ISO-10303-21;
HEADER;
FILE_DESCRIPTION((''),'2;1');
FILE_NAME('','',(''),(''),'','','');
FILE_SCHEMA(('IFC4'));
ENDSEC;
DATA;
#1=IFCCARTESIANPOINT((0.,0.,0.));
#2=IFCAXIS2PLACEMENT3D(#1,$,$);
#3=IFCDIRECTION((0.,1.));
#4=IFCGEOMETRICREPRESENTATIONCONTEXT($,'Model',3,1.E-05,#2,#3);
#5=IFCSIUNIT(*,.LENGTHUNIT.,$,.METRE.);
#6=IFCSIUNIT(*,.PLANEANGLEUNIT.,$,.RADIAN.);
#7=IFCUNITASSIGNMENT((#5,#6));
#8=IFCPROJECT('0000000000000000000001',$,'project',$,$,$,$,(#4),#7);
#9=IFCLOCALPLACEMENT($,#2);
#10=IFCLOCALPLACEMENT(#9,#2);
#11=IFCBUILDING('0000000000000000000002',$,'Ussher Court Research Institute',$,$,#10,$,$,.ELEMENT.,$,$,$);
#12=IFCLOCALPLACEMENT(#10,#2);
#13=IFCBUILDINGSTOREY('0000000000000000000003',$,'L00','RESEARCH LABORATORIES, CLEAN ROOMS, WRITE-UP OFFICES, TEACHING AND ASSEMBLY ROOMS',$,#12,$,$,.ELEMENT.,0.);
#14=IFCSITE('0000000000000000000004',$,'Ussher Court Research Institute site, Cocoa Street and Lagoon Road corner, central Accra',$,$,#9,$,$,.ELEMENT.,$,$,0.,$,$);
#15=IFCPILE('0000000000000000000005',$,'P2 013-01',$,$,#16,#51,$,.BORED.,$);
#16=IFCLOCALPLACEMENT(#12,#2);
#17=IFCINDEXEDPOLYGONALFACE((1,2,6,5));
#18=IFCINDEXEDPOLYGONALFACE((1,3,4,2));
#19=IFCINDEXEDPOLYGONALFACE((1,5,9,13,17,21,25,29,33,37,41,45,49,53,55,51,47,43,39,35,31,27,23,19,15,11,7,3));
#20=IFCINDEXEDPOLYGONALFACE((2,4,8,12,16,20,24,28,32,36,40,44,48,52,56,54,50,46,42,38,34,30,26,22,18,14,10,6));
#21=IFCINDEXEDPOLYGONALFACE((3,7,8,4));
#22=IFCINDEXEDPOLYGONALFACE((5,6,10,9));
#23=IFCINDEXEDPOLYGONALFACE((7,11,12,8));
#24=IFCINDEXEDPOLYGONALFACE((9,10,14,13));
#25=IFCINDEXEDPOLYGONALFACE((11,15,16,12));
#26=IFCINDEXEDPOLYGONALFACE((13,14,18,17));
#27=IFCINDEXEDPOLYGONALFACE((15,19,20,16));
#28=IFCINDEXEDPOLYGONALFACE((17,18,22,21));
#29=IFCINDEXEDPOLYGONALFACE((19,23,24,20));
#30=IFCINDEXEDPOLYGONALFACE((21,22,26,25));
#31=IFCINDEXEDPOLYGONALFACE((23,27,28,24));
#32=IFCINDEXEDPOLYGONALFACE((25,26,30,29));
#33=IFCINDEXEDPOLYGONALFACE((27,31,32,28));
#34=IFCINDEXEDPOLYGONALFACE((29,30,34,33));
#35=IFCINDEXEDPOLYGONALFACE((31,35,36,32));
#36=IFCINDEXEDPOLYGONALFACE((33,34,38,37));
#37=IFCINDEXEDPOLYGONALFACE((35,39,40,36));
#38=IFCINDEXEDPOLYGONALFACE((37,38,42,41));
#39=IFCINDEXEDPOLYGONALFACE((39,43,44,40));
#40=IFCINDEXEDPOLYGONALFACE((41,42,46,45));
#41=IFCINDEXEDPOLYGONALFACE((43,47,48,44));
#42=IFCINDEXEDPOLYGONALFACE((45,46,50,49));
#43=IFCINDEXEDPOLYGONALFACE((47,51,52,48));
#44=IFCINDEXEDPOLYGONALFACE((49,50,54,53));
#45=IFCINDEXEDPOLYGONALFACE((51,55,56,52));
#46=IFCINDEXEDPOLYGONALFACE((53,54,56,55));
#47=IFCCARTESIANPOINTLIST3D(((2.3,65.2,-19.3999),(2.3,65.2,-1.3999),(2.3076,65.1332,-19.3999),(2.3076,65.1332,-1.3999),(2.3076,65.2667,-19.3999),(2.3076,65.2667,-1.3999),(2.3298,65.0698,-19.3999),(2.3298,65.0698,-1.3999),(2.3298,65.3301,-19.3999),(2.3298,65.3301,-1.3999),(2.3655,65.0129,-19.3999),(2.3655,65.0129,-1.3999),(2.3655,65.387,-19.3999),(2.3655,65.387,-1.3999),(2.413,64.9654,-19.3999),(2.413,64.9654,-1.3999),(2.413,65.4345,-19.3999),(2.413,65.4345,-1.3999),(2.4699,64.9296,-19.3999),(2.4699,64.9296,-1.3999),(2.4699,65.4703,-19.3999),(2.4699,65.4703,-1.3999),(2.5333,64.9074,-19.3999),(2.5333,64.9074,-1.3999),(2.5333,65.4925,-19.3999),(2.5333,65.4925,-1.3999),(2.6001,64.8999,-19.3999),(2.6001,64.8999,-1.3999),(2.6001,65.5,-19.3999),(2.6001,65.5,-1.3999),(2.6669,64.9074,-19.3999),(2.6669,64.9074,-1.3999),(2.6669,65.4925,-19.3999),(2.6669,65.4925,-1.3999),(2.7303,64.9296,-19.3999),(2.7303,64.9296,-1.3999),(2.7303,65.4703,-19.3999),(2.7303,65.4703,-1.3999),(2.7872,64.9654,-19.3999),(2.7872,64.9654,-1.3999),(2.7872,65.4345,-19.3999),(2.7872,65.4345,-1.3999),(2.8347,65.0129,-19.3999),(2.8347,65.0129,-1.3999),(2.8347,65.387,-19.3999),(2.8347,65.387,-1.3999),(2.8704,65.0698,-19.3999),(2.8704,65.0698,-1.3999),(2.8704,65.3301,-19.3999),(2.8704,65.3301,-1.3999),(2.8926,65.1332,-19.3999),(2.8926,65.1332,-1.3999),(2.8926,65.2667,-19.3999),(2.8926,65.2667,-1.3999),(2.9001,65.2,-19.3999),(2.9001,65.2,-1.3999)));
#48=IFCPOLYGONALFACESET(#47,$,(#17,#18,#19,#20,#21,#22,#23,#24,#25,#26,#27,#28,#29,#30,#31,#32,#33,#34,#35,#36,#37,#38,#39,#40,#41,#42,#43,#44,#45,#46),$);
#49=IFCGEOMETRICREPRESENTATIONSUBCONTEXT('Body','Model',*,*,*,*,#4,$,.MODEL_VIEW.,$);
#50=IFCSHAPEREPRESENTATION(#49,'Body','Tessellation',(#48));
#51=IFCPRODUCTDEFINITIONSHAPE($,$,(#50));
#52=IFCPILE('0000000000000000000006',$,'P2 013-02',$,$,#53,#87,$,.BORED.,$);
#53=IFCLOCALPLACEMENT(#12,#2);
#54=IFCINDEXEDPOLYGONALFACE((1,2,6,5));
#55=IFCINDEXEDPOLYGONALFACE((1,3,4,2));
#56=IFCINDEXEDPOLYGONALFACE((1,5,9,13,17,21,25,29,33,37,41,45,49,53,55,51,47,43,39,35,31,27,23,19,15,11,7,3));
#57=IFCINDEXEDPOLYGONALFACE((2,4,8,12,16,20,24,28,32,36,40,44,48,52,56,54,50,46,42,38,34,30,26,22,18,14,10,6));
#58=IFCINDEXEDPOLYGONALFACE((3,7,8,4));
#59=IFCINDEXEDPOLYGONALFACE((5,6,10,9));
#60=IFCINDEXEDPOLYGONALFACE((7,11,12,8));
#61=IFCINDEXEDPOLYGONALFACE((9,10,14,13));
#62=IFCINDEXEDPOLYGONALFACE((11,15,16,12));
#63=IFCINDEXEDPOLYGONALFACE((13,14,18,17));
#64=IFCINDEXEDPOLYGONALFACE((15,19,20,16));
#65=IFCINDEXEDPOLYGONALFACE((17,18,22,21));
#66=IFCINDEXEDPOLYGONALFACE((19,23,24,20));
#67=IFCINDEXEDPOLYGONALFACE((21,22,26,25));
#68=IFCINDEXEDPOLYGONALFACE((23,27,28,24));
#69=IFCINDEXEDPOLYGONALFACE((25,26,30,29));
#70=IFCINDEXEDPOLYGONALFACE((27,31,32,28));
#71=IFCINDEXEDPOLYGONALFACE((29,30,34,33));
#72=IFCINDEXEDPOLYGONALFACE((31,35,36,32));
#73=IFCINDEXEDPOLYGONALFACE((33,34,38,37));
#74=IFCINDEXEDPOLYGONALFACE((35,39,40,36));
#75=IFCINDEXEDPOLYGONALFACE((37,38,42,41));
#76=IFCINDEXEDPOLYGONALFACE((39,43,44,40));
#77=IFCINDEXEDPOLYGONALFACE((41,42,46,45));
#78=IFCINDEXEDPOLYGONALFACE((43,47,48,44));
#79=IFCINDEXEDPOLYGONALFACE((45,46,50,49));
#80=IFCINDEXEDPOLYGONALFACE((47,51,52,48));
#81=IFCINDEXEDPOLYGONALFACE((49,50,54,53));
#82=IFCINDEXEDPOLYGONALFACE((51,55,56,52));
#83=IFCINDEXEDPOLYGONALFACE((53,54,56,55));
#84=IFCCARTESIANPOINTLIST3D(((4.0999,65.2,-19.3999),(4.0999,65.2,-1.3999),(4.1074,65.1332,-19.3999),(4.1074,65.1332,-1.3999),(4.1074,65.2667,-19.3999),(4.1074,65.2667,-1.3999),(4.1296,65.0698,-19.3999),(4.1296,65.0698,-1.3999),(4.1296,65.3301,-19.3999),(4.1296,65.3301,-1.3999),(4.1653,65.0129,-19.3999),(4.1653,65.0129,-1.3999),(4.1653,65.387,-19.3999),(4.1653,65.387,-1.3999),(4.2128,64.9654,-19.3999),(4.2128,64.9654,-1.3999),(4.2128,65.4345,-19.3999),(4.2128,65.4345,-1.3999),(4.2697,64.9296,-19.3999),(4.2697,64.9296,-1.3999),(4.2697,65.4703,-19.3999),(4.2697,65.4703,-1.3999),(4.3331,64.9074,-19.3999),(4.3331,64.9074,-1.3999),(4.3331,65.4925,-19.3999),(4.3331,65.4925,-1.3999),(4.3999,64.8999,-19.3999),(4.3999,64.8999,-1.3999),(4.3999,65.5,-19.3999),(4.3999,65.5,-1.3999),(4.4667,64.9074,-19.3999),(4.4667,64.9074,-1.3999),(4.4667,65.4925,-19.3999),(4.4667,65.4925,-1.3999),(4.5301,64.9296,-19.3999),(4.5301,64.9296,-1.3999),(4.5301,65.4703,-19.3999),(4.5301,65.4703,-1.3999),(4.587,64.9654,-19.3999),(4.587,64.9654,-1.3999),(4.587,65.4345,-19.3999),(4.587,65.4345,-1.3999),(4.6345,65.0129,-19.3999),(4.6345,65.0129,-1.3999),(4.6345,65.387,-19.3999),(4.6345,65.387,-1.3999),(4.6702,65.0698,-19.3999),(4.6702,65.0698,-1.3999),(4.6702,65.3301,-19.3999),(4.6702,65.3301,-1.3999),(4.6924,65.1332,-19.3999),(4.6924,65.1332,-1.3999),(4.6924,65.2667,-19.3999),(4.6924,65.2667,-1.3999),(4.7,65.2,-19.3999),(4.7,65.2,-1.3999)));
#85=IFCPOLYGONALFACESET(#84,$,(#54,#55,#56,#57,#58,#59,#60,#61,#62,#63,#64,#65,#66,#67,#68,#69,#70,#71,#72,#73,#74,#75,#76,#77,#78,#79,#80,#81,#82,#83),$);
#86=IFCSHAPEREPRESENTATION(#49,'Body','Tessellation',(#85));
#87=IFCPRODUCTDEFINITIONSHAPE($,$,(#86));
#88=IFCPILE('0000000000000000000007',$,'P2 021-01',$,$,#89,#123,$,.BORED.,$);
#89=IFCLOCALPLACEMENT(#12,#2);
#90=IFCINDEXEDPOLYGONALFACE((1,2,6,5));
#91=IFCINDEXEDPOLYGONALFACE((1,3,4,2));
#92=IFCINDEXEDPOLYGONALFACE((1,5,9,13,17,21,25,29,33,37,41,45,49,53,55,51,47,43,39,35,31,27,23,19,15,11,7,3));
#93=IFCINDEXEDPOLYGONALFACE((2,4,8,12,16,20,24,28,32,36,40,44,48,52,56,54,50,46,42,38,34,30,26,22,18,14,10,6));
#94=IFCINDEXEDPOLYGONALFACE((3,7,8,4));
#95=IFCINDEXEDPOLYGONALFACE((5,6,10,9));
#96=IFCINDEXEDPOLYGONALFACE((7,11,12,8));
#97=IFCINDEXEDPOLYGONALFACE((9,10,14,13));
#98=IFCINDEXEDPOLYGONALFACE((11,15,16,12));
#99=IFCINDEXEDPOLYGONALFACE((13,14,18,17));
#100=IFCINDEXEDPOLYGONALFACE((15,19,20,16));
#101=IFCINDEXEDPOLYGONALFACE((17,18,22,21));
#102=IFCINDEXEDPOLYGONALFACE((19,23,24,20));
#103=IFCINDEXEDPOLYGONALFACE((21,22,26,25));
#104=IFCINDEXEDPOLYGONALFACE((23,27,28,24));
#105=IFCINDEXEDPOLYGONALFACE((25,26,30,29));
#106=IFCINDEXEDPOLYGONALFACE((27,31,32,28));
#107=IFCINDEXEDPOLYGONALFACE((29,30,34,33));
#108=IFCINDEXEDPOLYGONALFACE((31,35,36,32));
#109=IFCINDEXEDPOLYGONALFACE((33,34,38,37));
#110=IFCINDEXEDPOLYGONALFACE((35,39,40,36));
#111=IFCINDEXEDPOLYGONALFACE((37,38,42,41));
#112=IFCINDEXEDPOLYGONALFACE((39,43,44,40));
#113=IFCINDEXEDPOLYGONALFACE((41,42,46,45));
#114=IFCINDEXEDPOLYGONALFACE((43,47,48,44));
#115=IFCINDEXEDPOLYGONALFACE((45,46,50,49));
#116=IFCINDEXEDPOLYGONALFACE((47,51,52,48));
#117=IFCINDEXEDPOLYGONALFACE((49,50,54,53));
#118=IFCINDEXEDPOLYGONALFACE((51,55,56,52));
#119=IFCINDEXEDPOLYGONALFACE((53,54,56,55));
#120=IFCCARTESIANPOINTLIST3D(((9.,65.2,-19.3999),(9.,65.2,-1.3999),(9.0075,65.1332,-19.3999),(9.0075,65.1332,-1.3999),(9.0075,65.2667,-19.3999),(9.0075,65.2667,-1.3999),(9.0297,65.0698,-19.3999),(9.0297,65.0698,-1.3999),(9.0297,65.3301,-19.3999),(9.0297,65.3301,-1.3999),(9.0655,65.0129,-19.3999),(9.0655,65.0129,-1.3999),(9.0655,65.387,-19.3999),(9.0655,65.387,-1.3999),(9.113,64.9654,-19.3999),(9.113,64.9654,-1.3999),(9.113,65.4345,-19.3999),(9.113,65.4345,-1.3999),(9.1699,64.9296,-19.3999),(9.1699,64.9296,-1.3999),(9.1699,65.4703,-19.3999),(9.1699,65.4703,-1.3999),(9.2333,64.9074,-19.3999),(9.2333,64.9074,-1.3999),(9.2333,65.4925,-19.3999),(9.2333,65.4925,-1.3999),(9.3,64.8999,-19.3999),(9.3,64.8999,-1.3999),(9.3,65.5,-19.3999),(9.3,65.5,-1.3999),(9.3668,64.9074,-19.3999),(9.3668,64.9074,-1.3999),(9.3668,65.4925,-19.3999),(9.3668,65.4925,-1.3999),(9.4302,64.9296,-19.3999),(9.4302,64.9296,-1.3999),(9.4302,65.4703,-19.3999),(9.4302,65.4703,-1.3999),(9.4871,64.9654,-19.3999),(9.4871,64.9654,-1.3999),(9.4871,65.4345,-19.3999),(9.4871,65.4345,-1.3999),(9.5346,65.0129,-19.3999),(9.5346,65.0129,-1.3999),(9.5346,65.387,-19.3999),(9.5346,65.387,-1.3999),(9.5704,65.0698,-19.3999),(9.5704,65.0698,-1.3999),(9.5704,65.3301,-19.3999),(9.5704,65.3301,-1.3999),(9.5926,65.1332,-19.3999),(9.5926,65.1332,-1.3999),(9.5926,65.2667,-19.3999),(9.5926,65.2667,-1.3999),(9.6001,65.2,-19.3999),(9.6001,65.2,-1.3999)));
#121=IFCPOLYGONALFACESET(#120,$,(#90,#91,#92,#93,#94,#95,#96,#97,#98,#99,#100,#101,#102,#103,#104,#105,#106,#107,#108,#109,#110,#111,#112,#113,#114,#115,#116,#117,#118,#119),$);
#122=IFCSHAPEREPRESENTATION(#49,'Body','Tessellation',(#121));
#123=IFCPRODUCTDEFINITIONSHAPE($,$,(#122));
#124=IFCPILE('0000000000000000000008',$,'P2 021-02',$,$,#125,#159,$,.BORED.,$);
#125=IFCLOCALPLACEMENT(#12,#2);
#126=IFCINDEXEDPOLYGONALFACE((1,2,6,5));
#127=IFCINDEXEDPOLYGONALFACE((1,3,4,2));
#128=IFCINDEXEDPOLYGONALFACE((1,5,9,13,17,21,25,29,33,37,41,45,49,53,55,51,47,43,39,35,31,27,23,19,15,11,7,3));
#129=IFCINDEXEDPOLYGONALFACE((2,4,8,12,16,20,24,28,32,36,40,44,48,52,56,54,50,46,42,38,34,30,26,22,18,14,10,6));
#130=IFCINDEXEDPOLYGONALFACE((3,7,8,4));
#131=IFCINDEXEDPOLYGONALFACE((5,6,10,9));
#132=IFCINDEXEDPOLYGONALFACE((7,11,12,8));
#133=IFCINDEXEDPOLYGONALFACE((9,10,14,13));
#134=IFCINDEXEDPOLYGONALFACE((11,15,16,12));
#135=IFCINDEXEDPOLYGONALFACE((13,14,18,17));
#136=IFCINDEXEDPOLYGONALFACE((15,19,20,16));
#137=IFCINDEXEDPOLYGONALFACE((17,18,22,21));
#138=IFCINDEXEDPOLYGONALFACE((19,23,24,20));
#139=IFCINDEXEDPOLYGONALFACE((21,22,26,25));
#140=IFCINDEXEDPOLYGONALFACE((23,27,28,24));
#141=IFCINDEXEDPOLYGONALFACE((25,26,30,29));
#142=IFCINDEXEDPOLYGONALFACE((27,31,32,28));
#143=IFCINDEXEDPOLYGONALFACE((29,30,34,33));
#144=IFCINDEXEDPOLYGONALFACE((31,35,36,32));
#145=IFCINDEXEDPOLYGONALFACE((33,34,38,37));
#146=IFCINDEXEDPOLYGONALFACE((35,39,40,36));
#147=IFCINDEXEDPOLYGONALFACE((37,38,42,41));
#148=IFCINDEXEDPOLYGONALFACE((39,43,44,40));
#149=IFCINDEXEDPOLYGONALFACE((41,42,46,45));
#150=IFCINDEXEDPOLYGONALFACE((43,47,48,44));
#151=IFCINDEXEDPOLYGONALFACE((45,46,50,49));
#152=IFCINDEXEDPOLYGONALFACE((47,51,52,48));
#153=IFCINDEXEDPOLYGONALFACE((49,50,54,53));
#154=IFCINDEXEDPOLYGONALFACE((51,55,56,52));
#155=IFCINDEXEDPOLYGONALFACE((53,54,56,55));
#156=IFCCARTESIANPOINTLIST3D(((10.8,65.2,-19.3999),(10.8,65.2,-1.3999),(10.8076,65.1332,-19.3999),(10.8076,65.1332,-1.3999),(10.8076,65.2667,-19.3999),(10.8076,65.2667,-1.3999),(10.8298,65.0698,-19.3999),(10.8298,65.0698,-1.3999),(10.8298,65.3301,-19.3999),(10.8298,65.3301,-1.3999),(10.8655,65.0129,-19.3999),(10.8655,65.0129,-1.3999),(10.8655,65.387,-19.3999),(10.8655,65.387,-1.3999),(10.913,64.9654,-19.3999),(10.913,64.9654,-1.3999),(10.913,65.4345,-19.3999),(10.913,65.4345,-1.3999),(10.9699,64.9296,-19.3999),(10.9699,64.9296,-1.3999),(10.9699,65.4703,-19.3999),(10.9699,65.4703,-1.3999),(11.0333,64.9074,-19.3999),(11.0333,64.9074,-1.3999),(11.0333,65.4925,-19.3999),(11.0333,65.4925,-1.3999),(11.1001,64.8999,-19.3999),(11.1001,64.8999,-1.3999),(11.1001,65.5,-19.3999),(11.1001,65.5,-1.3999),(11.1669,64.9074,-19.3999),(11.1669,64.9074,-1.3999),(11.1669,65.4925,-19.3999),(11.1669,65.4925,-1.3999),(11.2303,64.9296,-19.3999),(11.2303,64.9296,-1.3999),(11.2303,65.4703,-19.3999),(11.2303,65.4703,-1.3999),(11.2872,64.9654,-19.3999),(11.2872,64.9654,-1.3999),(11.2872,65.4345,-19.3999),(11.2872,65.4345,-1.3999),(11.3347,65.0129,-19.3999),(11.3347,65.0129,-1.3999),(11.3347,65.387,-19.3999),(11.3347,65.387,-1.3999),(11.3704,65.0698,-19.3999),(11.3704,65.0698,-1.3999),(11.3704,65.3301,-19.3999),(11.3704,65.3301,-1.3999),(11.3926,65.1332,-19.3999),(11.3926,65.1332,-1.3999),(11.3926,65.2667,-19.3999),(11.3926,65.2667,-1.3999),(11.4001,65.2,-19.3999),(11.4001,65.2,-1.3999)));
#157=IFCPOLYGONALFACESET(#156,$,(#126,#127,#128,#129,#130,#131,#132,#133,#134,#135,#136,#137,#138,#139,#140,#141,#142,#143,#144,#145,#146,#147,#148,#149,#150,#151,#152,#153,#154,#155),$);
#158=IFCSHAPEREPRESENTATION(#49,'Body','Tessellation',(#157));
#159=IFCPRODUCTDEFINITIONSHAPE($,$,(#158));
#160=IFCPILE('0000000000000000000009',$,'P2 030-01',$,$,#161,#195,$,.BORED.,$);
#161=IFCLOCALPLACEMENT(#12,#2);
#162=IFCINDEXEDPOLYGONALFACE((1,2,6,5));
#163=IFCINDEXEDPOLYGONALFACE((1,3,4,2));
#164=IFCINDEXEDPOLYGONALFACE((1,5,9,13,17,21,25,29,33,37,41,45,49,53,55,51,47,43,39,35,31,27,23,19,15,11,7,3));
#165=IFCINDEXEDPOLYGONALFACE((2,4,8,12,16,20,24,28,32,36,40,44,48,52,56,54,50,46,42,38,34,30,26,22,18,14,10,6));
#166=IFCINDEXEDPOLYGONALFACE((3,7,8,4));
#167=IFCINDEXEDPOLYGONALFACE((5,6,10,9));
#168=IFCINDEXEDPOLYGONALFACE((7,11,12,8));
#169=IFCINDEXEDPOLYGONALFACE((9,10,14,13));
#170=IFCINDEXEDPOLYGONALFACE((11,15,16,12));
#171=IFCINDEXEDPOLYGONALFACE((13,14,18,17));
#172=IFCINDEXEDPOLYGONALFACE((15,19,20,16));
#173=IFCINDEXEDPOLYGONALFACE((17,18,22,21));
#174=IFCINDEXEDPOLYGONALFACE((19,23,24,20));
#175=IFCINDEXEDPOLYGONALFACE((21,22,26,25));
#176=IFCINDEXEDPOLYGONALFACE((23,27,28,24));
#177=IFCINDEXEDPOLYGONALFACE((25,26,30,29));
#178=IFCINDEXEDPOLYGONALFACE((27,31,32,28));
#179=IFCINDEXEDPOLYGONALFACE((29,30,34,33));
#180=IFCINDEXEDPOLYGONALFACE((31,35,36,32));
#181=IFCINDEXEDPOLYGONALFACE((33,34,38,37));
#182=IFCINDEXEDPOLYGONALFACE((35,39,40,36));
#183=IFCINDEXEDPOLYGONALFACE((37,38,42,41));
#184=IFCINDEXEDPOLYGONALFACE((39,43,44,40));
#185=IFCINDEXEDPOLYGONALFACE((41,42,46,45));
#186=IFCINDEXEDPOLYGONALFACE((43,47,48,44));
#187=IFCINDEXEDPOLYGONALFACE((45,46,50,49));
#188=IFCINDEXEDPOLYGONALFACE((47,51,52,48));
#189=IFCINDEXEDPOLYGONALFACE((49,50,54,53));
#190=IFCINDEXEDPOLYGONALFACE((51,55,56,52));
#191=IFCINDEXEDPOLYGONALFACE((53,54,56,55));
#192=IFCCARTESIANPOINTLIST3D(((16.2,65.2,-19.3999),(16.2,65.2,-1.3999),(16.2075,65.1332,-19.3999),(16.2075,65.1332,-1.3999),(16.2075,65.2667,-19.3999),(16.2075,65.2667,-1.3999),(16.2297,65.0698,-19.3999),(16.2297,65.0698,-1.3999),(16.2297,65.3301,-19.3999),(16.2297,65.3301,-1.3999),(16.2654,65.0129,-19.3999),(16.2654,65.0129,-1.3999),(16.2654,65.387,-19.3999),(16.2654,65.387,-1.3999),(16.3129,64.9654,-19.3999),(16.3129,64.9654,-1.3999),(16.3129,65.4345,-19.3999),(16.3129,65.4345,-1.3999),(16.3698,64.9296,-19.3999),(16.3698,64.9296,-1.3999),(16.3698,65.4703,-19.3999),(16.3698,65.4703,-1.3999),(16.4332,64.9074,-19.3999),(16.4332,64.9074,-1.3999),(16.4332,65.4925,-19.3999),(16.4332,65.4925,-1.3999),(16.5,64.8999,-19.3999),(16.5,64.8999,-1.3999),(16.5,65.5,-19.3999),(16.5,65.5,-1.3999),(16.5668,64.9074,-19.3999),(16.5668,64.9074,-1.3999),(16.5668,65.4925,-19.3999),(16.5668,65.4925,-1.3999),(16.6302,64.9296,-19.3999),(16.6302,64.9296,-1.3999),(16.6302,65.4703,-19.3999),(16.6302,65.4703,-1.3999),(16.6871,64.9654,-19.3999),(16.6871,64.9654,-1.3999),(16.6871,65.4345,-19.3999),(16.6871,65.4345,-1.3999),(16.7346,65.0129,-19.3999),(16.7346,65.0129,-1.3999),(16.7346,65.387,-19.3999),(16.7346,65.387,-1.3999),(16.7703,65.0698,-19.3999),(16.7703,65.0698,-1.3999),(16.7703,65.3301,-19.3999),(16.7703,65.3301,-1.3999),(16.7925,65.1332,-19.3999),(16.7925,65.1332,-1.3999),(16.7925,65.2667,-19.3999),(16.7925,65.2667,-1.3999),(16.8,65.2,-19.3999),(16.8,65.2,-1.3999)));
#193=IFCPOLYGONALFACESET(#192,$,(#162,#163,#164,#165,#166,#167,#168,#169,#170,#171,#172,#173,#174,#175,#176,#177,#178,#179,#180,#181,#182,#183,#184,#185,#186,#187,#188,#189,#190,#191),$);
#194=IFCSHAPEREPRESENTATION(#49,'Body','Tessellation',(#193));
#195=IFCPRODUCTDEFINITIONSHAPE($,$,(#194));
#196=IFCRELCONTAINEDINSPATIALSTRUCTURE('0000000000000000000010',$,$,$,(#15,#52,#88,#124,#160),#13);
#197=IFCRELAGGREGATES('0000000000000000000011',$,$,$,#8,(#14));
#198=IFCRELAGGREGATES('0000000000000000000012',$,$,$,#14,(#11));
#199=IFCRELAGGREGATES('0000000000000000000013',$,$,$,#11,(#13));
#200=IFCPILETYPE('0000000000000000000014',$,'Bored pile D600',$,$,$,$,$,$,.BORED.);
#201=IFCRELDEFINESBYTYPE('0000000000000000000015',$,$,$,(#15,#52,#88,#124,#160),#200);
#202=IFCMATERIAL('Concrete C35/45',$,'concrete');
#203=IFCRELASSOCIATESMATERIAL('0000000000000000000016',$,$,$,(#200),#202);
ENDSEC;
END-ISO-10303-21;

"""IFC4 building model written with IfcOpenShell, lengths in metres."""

from ifc_helpers import new_model, si_unit, direction, frame, origin, origin_2d, place, context, subcontext, project, spatial, circle, extrude, material, material_profile, profile_set, type_object, element, save


model = new_model("IFC4")

# Units and contexts
model_context = context("Model", 3, precision=1e-05, world=origin(), true_north=direction((0.0, 1.0)))
body_context = subcontext(model_context, "Body", "Model", "MODEL_VIEW")
ifc_project = project(units=[si_unit("LENGTHUNIT", "METRE"), si_unit("PLANEANGLEUNIT", "RADIAN")], contexts=[model_context])

# Site, building, storey
site_placement = place(None, origin())
site = spatial("IfcSite", under=ifc_project, at=site_placement, Name="Ussher Court Research Institute site, Cocoa Street and Lagoon Road corner, central Accra", CompositionType="ELEMENT", RefElevation=0.0)
building_placement = place(site_placement, origin())
building = spatial("IfcBuilding", under=site, at=building_placement, Name="Ussher Court Research Institute", CompositionType="ELEMENT")
storey_placement = place(building_placement, origin())
storey = spatial("IfcBuildingStorey", under=building, at=storey_placement, Name="L00", Description="RESEARCH LABORATORIES, CLEAN ROOMS, WRITE-UP OFFICES, TEACHING AND ASSEMBLY ROOMS", CompositionType="ELEMENT", Elevation=0.0)

# Piles
ifc_material_1 = material(Name="Concrete C35/45", Category="concrete")
ifc_material_profile_1 = material_profile(ifc_material_1, circle(Radius=0.3, at=origin_2d()), Name="RC D600")
ifc_profile_set_1 = profile_set([ifc_material_profile_1], Name="Concrete C35/45")
pile_type_1 = type_object("IfcPileType", Name="Bored pile D600", PredefinedType="BORED", material=ifc_profile_set_1)
for number, where, z_axis, x_axis, name in (
    (1, (2.6001, 65.2, -1.3999), (0.0, 0.0, -1.0), (1.0, 0.0, 0.0), "P2 013-01"),
    (2, (4.3999, 65.2, -1.3999), (0.0, 0.0, -1.0), (1.0, 0.0, 0.0), "P2 013-02"),
    (3, (9.3, 65.2, -1.3999), (0.0, 0.0, -1.0), (1.0, 0.0, 0.0), "P2 021-01"),
    (4, (11.1001, 65.2, -1.3999), (0.0, 0.0, -1.0), (1.0, 0.0, 0.0), "P2 021-02"),
    (5, (16.5, 65.2, -1.3999), (0.0, 0.0, -1.0), (1.0, 0.0, 0.0), "P2 030-01"),
):
    element("IfcPile", number, at=place(storey_placement, frame(where, z_axis=z_axis, x_axis=x_axis)), inside=storey, type_object=pile_type_1, Name=name, PredefinedType="BORED", context=body_context, shape_type="SweptSolid", body=[
        extrude(circle(Radius=0.3, at=origin_2d()), origin(), (0.0, 0.0, 1.0), 18.0),
    ])

save(model, "model.ifc")
